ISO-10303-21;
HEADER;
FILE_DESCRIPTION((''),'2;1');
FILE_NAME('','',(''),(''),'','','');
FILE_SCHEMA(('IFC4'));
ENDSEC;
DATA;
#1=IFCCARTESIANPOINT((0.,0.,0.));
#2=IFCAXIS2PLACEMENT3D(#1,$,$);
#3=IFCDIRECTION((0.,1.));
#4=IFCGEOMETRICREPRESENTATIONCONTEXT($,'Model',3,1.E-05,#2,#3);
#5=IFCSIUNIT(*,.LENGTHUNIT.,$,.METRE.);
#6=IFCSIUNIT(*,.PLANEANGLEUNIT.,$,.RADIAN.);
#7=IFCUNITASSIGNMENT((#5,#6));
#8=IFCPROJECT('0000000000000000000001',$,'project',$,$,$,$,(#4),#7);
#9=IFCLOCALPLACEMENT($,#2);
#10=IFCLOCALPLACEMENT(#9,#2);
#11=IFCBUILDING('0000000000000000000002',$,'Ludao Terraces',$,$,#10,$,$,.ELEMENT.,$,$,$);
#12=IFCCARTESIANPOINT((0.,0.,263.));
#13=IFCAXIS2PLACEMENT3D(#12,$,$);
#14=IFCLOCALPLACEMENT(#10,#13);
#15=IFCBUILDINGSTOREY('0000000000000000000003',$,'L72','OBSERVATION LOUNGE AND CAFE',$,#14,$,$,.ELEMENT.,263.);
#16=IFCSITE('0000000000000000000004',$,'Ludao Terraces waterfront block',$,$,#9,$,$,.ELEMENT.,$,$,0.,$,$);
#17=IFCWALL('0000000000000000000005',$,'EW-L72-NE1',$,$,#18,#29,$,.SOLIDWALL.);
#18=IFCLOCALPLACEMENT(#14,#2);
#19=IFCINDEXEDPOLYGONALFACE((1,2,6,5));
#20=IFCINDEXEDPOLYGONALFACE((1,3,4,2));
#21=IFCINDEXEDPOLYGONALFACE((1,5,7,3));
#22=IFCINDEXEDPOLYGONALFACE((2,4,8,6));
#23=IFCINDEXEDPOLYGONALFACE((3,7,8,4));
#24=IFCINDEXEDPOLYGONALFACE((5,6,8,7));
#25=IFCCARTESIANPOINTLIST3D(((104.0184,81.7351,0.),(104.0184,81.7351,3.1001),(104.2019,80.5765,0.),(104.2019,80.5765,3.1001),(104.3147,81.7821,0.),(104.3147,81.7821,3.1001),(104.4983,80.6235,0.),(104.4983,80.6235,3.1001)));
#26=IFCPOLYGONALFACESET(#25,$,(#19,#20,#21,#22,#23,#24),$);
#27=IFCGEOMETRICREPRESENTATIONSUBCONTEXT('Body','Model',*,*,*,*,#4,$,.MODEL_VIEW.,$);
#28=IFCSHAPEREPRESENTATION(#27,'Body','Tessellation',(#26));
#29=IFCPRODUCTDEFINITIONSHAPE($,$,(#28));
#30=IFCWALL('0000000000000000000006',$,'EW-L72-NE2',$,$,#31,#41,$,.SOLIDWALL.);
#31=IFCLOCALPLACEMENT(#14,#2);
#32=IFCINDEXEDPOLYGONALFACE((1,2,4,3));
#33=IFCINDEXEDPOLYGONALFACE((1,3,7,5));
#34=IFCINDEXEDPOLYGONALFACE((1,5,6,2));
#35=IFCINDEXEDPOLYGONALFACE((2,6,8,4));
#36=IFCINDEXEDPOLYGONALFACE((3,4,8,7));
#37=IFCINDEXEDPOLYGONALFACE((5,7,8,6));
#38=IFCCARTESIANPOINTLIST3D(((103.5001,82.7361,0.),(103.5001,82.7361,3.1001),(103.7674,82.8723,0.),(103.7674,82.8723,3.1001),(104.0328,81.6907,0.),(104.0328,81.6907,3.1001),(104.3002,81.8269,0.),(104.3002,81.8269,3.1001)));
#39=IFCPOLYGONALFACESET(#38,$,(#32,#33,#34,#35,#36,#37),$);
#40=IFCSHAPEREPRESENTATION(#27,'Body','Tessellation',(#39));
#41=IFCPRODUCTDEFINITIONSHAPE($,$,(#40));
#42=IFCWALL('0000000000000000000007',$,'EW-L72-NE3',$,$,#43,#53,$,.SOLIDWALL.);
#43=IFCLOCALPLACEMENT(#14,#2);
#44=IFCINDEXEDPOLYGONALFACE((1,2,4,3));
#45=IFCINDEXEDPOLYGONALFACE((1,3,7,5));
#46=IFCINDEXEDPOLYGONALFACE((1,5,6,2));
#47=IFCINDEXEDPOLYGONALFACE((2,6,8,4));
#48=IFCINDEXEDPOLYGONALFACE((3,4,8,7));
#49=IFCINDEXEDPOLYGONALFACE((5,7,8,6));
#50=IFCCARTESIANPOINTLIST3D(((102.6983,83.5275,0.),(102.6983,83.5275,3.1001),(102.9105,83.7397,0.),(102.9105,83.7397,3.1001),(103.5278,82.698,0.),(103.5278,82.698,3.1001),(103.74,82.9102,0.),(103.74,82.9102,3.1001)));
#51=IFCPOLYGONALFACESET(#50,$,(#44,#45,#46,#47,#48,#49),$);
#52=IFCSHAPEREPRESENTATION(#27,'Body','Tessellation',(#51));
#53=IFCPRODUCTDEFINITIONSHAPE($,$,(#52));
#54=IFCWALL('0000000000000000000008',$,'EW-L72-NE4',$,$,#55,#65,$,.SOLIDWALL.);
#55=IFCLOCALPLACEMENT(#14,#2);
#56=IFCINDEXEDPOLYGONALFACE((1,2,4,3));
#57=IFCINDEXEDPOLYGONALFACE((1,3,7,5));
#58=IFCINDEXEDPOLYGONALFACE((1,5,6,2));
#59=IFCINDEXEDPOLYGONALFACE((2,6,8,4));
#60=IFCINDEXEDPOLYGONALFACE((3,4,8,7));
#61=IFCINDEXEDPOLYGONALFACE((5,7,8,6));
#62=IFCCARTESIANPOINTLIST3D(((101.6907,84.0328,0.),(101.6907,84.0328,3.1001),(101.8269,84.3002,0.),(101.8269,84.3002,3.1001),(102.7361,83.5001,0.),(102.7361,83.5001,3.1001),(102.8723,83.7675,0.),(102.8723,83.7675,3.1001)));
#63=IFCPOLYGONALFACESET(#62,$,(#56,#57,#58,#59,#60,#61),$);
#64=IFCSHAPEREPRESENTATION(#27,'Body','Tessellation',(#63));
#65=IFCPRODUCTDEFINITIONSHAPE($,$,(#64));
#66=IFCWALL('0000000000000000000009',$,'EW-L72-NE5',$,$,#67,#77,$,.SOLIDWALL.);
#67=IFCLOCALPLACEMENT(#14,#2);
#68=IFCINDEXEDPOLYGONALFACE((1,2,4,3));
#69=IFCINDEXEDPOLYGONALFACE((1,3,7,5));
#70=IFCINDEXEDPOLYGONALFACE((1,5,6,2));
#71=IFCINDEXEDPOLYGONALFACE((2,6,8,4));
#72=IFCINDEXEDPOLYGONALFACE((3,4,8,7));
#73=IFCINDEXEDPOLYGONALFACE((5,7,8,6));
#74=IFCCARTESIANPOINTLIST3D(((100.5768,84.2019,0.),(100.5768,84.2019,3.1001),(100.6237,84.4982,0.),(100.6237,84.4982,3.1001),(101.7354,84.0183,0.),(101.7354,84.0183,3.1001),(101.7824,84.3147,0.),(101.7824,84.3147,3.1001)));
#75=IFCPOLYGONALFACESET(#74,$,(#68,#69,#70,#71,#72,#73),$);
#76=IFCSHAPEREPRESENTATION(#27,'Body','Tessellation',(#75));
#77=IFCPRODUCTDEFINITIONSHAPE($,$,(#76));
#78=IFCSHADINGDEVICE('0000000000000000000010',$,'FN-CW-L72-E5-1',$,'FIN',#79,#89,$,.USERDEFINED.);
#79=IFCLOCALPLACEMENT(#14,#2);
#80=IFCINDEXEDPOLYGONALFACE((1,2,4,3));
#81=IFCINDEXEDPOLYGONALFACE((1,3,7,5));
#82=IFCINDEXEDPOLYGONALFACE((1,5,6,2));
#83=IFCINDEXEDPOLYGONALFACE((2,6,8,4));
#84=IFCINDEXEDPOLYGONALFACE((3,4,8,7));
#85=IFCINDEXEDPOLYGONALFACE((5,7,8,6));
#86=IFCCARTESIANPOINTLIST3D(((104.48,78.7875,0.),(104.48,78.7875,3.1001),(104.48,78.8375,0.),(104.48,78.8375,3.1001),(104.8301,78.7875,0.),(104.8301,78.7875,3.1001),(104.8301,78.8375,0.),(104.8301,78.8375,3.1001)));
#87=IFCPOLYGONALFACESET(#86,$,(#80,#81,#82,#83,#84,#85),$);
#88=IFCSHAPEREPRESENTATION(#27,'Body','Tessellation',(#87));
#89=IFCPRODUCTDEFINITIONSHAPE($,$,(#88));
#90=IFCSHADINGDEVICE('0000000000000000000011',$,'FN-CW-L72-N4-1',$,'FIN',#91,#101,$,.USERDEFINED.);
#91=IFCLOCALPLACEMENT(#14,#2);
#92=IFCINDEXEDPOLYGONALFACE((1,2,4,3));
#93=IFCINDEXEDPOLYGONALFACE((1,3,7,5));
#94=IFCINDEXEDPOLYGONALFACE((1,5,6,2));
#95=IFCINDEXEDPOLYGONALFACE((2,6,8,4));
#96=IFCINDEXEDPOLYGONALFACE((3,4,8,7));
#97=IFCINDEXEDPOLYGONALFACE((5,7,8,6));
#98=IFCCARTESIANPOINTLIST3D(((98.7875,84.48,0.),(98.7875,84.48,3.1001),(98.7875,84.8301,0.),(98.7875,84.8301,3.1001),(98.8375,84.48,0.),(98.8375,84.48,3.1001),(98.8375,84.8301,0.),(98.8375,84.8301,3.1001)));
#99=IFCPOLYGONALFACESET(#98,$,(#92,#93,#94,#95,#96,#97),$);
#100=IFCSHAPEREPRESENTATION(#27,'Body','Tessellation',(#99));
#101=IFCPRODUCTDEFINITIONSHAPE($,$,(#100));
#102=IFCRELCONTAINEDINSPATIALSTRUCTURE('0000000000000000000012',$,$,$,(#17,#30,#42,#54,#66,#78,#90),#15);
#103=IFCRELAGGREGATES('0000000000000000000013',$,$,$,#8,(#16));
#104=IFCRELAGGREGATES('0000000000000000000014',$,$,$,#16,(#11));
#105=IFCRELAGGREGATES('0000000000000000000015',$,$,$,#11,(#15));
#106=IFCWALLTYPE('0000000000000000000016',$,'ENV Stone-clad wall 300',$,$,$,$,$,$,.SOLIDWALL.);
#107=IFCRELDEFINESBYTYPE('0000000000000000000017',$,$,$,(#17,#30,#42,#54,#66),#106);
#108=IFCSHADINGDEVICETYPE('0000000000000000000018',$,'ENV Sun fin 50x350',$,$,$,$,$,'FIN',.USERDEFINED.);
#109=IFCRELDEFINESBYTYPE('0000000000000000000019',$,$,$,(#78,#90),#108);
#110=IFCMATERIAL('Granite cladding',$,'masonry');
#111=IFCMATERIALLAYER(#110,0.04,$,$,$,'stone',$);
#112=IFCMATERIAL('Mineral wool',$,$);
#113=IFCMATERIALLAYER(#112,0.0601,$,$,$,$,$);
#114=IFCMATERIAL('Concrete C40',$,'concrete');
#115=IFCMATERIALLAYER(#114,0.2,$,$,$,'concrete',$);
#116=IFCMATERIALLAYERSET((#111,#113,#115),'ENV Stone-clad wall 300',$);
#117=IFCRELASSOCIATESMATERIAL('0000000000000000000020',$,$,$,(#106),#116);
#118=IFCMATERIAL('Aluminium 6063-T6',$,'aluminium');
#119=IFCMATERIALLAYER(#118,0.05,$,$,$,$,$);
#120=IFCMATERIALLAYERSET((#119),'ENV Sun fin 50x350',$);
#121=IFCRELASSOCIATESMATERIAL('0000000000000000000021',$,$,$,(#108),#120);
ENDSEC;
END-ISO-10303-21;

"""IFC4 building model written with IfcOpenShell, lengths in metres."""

from ifc_helpers import new_model, si_unit, direction, frame, frame_2d, origin, origin_2d, place, context, subcontext, project, spatial, rectangle, extrude, material, layer, layer_set, type_object, element, save


model = new_model("IFC4")

# Units and contexts
model_context = context("Model", 3, precision=1e-05, world=origin(), true_north=direction((0.0, 1.0)))
body_context = subcontext(model_context, "Body", "Model", "MODEL_VIEW")
ifc_project = project(units=[si_unit("LENGTHUNIT", "METRE"), si_unit("PLANEANGLEUNIT", "RADIAN")], contexts=[model_context])

# Site, building, storey
site_placement = place(None, origin())
site = spatial("IfcSite", under=ifc_project, at=site_placement, Name="Ludao Terraces waterfront block", CompositionType="ELEMENT", RefElevation=0.0)
building_placement = place(site_placement, origin())
building = spatial("IfcBuilding", under=site, at=building_placement, Name="Ludao Terraces", CompositionType="ELEMENT")
storey_placement = place(building_placement, frame((0.0, 0.0, 263.0)))
storey = spatial("IfcBuildingStorey", under=building, at=storey_placement, Name="L72", Description="OBSERVATION LOUNGE AND CAFE", CompositionType="ELEMENT", Elevation=263.0)

# Shared definitions
ifc_material_1 = material(Name="Concrete C40", Category="concrete")

# Shared definitions
ifc_material_2 = material(Name="Aluminium 6063-T6", Category="aluminium")

# Walls
ifc_material_3 = material(Name="Granite cladding", Category="masonry")
ifc_layer_1 = layer(ifc_material_3, 0.04, Category="stone")
ifc_material_4 = material(Name="Mineral wool")
ifc_layer_2 = layer(ifc_material_4, 0.0601)
ifc_layer_3 = layer(ifc_material_1, 0.2, Category="concrete")
ifc_layer_set_1 = layer_set([ifc_layer_1, ifc_layer_2, ifc_layer_3], Name="ENV Stone-clad wall 300")
wall_type = type_object("IfcWallType", Name="ENV Stone-clad wall 300", PredefinedType="SOLIDWALL", material=ifc_layer_set_1)
wall_1_placement = place(storey_placement, frame((104.3501, 80.6001, 0.0), z_axis=(0.0, 0.0, 1.0), x_axis=(-0.156497, 0.987678, 0.0)))
element("IfcWall", 1, at=wall_1_placement, inside=storey, type_object=wall_type, Name="EW-L72-NE1", PredefinedType="SOLIDWALL", context=body_context, shape_type="SweptSolid", body=[
    extrude(rectangle(XDim=1.1731, YDim=0.3, at=frame_2d((0.5864, 0.0))), origin(), (0.0, 0.0, 1.0), 3.1001),
])
wall_2_placement = place(storey_placement, frame((104.1665, 81.7588, 0.0), z_axis=(0.0, 0.0, 1.0), x_axis=(-0.454026, 0.890989, 0.0)))
element("IfcWall", 2, at=wall_2_placement, inside=storey, type_object=wall_type, Name="EW-L72-NE2", PredefinedType="SOLIDWALL", context=body_context, shape_type="SweptSolid", body=[
    extrude(rectangle(XDim=1.1733, YDim=0.3, at=frame_2d((0.5867, 0.0))), origin(), (0.0, 0.0, 1.0), 3.1001),
])
wall_3_placement = place(storey_placement, frame((103.6338, 82.8042, 0.0), z_axis=(0.0, 0.0, 1.0), x_axis=(-0.707107, 0.707107, 0.0)))
element("IfcWall", 3, at=wall_3_placement, inside=storey, type_object=wall_type, Name="EW-L72-NE3", PredefinedType="SOLIDWALL", context=body_context, shape_type="SweptSolid", body=[
    extrude(rectangle(XDim=1.1731, YDim=0.3, at=frame_2d((0.5864, 0.0))), origin(), (0.0, 0.0, 1.0), 3.1001),
])
wall_4_placement = place(storey_placement, frame((102.8042, 83.6338, 0.0), z_axis=(0.0, 0.0, 1.0), x_axis=(-0.890989, 0.454026, 0.0)))
element("IfcWall", 4, at=wall_4_placement, inside=storey, type_object=wall_type, Name="EW-L72-NE4", PredefinedType="SOLIDWALL", context=body_context, shape_type="SweptSolid", body=[
    extrude(rectangle(XDim=1.1733, YDim=0.3, at=frame_2d((0.5867, 0.0))), origin(), (0.0, 0.0, 1.0), 3.1001),
])
wall_5_placement = place(storey_placement, frame((101.7588, 84.1665, 0.0), z_axis=(0.0, 0.0, 1.0), x_axis=(-0.987678, 0.156497, 0.0)))
element("IfcWall", 5, at=wall_5_placement, inside=storey, type_object=wall_type, Name="EW-L72-NE5", PredefinedType="SOLIDWALL", context=body_context, shape_type="SweptSolid", body=[
    extrude(rectangle(XDim=1.1731, YDim=0.3, at=frame_2d((0.5864, 0.0))), origin(), (0.0, 0.0, 1.0), 3.1001),
])

# Shading devices
ifc_layer_4 = layer(ifc_material_2, 0.05)
ifc_layer_set_2 = layer_set([ifc_layer_4], Name="ENV Sun fin 50x350")
shading_device_type = type_object("IfcShadingDeviceType", Name="ENV Sun fin 50x350", ElementType="FIN", PredefinedType="USERDEFINED", material=ifc_layer_set_2)
shading_device_1_placement = place(storey_placement, frame((104.655, 78.8125, 0.0), z_axis=(0.0, 0.0, 1.0), x_axis=(1.0, 0.0, 0.0)))
element("IfcShadingDevice", 6, at=shading_device_1_placement, inside=storey, type_object=shading_device_type, Name="FN-CW-L72-E5-1", ObjectType="FIN", PredefinedType="USERDEFINED", context=body_context, shape_type="SweptSolid", body=[
    extrude(rectangle(XDim=0.3501, YDim=0.05, at=origin_2d()), origin(), (0.0, 0.0, 1.0), 3.1001),
])
shading_device_2_placement = place(storey_placement, frame((98.8125, 84.655, 0.0), z_axis=(0.0, 0.0, 1.0), x_axis=(1.0, 0.0, 0.0)))
element("IfcShadingDevice", 7, at=shading_device_2_placement, inside=storey, type_object=shading_device_type, Name="FN-CW-L72-N4-1", ObjectType="FIN", PredefinedType="USERDEFINED", context=body_context, shape_type="SweptSolid", body=[
    extrude(rectangle(XDim=0.05, YDim=0.3501, at=origin_2d()), origin(), (0.0, 0.0, 1.0), 3.1001),
])

save(model, "model.ifc")
